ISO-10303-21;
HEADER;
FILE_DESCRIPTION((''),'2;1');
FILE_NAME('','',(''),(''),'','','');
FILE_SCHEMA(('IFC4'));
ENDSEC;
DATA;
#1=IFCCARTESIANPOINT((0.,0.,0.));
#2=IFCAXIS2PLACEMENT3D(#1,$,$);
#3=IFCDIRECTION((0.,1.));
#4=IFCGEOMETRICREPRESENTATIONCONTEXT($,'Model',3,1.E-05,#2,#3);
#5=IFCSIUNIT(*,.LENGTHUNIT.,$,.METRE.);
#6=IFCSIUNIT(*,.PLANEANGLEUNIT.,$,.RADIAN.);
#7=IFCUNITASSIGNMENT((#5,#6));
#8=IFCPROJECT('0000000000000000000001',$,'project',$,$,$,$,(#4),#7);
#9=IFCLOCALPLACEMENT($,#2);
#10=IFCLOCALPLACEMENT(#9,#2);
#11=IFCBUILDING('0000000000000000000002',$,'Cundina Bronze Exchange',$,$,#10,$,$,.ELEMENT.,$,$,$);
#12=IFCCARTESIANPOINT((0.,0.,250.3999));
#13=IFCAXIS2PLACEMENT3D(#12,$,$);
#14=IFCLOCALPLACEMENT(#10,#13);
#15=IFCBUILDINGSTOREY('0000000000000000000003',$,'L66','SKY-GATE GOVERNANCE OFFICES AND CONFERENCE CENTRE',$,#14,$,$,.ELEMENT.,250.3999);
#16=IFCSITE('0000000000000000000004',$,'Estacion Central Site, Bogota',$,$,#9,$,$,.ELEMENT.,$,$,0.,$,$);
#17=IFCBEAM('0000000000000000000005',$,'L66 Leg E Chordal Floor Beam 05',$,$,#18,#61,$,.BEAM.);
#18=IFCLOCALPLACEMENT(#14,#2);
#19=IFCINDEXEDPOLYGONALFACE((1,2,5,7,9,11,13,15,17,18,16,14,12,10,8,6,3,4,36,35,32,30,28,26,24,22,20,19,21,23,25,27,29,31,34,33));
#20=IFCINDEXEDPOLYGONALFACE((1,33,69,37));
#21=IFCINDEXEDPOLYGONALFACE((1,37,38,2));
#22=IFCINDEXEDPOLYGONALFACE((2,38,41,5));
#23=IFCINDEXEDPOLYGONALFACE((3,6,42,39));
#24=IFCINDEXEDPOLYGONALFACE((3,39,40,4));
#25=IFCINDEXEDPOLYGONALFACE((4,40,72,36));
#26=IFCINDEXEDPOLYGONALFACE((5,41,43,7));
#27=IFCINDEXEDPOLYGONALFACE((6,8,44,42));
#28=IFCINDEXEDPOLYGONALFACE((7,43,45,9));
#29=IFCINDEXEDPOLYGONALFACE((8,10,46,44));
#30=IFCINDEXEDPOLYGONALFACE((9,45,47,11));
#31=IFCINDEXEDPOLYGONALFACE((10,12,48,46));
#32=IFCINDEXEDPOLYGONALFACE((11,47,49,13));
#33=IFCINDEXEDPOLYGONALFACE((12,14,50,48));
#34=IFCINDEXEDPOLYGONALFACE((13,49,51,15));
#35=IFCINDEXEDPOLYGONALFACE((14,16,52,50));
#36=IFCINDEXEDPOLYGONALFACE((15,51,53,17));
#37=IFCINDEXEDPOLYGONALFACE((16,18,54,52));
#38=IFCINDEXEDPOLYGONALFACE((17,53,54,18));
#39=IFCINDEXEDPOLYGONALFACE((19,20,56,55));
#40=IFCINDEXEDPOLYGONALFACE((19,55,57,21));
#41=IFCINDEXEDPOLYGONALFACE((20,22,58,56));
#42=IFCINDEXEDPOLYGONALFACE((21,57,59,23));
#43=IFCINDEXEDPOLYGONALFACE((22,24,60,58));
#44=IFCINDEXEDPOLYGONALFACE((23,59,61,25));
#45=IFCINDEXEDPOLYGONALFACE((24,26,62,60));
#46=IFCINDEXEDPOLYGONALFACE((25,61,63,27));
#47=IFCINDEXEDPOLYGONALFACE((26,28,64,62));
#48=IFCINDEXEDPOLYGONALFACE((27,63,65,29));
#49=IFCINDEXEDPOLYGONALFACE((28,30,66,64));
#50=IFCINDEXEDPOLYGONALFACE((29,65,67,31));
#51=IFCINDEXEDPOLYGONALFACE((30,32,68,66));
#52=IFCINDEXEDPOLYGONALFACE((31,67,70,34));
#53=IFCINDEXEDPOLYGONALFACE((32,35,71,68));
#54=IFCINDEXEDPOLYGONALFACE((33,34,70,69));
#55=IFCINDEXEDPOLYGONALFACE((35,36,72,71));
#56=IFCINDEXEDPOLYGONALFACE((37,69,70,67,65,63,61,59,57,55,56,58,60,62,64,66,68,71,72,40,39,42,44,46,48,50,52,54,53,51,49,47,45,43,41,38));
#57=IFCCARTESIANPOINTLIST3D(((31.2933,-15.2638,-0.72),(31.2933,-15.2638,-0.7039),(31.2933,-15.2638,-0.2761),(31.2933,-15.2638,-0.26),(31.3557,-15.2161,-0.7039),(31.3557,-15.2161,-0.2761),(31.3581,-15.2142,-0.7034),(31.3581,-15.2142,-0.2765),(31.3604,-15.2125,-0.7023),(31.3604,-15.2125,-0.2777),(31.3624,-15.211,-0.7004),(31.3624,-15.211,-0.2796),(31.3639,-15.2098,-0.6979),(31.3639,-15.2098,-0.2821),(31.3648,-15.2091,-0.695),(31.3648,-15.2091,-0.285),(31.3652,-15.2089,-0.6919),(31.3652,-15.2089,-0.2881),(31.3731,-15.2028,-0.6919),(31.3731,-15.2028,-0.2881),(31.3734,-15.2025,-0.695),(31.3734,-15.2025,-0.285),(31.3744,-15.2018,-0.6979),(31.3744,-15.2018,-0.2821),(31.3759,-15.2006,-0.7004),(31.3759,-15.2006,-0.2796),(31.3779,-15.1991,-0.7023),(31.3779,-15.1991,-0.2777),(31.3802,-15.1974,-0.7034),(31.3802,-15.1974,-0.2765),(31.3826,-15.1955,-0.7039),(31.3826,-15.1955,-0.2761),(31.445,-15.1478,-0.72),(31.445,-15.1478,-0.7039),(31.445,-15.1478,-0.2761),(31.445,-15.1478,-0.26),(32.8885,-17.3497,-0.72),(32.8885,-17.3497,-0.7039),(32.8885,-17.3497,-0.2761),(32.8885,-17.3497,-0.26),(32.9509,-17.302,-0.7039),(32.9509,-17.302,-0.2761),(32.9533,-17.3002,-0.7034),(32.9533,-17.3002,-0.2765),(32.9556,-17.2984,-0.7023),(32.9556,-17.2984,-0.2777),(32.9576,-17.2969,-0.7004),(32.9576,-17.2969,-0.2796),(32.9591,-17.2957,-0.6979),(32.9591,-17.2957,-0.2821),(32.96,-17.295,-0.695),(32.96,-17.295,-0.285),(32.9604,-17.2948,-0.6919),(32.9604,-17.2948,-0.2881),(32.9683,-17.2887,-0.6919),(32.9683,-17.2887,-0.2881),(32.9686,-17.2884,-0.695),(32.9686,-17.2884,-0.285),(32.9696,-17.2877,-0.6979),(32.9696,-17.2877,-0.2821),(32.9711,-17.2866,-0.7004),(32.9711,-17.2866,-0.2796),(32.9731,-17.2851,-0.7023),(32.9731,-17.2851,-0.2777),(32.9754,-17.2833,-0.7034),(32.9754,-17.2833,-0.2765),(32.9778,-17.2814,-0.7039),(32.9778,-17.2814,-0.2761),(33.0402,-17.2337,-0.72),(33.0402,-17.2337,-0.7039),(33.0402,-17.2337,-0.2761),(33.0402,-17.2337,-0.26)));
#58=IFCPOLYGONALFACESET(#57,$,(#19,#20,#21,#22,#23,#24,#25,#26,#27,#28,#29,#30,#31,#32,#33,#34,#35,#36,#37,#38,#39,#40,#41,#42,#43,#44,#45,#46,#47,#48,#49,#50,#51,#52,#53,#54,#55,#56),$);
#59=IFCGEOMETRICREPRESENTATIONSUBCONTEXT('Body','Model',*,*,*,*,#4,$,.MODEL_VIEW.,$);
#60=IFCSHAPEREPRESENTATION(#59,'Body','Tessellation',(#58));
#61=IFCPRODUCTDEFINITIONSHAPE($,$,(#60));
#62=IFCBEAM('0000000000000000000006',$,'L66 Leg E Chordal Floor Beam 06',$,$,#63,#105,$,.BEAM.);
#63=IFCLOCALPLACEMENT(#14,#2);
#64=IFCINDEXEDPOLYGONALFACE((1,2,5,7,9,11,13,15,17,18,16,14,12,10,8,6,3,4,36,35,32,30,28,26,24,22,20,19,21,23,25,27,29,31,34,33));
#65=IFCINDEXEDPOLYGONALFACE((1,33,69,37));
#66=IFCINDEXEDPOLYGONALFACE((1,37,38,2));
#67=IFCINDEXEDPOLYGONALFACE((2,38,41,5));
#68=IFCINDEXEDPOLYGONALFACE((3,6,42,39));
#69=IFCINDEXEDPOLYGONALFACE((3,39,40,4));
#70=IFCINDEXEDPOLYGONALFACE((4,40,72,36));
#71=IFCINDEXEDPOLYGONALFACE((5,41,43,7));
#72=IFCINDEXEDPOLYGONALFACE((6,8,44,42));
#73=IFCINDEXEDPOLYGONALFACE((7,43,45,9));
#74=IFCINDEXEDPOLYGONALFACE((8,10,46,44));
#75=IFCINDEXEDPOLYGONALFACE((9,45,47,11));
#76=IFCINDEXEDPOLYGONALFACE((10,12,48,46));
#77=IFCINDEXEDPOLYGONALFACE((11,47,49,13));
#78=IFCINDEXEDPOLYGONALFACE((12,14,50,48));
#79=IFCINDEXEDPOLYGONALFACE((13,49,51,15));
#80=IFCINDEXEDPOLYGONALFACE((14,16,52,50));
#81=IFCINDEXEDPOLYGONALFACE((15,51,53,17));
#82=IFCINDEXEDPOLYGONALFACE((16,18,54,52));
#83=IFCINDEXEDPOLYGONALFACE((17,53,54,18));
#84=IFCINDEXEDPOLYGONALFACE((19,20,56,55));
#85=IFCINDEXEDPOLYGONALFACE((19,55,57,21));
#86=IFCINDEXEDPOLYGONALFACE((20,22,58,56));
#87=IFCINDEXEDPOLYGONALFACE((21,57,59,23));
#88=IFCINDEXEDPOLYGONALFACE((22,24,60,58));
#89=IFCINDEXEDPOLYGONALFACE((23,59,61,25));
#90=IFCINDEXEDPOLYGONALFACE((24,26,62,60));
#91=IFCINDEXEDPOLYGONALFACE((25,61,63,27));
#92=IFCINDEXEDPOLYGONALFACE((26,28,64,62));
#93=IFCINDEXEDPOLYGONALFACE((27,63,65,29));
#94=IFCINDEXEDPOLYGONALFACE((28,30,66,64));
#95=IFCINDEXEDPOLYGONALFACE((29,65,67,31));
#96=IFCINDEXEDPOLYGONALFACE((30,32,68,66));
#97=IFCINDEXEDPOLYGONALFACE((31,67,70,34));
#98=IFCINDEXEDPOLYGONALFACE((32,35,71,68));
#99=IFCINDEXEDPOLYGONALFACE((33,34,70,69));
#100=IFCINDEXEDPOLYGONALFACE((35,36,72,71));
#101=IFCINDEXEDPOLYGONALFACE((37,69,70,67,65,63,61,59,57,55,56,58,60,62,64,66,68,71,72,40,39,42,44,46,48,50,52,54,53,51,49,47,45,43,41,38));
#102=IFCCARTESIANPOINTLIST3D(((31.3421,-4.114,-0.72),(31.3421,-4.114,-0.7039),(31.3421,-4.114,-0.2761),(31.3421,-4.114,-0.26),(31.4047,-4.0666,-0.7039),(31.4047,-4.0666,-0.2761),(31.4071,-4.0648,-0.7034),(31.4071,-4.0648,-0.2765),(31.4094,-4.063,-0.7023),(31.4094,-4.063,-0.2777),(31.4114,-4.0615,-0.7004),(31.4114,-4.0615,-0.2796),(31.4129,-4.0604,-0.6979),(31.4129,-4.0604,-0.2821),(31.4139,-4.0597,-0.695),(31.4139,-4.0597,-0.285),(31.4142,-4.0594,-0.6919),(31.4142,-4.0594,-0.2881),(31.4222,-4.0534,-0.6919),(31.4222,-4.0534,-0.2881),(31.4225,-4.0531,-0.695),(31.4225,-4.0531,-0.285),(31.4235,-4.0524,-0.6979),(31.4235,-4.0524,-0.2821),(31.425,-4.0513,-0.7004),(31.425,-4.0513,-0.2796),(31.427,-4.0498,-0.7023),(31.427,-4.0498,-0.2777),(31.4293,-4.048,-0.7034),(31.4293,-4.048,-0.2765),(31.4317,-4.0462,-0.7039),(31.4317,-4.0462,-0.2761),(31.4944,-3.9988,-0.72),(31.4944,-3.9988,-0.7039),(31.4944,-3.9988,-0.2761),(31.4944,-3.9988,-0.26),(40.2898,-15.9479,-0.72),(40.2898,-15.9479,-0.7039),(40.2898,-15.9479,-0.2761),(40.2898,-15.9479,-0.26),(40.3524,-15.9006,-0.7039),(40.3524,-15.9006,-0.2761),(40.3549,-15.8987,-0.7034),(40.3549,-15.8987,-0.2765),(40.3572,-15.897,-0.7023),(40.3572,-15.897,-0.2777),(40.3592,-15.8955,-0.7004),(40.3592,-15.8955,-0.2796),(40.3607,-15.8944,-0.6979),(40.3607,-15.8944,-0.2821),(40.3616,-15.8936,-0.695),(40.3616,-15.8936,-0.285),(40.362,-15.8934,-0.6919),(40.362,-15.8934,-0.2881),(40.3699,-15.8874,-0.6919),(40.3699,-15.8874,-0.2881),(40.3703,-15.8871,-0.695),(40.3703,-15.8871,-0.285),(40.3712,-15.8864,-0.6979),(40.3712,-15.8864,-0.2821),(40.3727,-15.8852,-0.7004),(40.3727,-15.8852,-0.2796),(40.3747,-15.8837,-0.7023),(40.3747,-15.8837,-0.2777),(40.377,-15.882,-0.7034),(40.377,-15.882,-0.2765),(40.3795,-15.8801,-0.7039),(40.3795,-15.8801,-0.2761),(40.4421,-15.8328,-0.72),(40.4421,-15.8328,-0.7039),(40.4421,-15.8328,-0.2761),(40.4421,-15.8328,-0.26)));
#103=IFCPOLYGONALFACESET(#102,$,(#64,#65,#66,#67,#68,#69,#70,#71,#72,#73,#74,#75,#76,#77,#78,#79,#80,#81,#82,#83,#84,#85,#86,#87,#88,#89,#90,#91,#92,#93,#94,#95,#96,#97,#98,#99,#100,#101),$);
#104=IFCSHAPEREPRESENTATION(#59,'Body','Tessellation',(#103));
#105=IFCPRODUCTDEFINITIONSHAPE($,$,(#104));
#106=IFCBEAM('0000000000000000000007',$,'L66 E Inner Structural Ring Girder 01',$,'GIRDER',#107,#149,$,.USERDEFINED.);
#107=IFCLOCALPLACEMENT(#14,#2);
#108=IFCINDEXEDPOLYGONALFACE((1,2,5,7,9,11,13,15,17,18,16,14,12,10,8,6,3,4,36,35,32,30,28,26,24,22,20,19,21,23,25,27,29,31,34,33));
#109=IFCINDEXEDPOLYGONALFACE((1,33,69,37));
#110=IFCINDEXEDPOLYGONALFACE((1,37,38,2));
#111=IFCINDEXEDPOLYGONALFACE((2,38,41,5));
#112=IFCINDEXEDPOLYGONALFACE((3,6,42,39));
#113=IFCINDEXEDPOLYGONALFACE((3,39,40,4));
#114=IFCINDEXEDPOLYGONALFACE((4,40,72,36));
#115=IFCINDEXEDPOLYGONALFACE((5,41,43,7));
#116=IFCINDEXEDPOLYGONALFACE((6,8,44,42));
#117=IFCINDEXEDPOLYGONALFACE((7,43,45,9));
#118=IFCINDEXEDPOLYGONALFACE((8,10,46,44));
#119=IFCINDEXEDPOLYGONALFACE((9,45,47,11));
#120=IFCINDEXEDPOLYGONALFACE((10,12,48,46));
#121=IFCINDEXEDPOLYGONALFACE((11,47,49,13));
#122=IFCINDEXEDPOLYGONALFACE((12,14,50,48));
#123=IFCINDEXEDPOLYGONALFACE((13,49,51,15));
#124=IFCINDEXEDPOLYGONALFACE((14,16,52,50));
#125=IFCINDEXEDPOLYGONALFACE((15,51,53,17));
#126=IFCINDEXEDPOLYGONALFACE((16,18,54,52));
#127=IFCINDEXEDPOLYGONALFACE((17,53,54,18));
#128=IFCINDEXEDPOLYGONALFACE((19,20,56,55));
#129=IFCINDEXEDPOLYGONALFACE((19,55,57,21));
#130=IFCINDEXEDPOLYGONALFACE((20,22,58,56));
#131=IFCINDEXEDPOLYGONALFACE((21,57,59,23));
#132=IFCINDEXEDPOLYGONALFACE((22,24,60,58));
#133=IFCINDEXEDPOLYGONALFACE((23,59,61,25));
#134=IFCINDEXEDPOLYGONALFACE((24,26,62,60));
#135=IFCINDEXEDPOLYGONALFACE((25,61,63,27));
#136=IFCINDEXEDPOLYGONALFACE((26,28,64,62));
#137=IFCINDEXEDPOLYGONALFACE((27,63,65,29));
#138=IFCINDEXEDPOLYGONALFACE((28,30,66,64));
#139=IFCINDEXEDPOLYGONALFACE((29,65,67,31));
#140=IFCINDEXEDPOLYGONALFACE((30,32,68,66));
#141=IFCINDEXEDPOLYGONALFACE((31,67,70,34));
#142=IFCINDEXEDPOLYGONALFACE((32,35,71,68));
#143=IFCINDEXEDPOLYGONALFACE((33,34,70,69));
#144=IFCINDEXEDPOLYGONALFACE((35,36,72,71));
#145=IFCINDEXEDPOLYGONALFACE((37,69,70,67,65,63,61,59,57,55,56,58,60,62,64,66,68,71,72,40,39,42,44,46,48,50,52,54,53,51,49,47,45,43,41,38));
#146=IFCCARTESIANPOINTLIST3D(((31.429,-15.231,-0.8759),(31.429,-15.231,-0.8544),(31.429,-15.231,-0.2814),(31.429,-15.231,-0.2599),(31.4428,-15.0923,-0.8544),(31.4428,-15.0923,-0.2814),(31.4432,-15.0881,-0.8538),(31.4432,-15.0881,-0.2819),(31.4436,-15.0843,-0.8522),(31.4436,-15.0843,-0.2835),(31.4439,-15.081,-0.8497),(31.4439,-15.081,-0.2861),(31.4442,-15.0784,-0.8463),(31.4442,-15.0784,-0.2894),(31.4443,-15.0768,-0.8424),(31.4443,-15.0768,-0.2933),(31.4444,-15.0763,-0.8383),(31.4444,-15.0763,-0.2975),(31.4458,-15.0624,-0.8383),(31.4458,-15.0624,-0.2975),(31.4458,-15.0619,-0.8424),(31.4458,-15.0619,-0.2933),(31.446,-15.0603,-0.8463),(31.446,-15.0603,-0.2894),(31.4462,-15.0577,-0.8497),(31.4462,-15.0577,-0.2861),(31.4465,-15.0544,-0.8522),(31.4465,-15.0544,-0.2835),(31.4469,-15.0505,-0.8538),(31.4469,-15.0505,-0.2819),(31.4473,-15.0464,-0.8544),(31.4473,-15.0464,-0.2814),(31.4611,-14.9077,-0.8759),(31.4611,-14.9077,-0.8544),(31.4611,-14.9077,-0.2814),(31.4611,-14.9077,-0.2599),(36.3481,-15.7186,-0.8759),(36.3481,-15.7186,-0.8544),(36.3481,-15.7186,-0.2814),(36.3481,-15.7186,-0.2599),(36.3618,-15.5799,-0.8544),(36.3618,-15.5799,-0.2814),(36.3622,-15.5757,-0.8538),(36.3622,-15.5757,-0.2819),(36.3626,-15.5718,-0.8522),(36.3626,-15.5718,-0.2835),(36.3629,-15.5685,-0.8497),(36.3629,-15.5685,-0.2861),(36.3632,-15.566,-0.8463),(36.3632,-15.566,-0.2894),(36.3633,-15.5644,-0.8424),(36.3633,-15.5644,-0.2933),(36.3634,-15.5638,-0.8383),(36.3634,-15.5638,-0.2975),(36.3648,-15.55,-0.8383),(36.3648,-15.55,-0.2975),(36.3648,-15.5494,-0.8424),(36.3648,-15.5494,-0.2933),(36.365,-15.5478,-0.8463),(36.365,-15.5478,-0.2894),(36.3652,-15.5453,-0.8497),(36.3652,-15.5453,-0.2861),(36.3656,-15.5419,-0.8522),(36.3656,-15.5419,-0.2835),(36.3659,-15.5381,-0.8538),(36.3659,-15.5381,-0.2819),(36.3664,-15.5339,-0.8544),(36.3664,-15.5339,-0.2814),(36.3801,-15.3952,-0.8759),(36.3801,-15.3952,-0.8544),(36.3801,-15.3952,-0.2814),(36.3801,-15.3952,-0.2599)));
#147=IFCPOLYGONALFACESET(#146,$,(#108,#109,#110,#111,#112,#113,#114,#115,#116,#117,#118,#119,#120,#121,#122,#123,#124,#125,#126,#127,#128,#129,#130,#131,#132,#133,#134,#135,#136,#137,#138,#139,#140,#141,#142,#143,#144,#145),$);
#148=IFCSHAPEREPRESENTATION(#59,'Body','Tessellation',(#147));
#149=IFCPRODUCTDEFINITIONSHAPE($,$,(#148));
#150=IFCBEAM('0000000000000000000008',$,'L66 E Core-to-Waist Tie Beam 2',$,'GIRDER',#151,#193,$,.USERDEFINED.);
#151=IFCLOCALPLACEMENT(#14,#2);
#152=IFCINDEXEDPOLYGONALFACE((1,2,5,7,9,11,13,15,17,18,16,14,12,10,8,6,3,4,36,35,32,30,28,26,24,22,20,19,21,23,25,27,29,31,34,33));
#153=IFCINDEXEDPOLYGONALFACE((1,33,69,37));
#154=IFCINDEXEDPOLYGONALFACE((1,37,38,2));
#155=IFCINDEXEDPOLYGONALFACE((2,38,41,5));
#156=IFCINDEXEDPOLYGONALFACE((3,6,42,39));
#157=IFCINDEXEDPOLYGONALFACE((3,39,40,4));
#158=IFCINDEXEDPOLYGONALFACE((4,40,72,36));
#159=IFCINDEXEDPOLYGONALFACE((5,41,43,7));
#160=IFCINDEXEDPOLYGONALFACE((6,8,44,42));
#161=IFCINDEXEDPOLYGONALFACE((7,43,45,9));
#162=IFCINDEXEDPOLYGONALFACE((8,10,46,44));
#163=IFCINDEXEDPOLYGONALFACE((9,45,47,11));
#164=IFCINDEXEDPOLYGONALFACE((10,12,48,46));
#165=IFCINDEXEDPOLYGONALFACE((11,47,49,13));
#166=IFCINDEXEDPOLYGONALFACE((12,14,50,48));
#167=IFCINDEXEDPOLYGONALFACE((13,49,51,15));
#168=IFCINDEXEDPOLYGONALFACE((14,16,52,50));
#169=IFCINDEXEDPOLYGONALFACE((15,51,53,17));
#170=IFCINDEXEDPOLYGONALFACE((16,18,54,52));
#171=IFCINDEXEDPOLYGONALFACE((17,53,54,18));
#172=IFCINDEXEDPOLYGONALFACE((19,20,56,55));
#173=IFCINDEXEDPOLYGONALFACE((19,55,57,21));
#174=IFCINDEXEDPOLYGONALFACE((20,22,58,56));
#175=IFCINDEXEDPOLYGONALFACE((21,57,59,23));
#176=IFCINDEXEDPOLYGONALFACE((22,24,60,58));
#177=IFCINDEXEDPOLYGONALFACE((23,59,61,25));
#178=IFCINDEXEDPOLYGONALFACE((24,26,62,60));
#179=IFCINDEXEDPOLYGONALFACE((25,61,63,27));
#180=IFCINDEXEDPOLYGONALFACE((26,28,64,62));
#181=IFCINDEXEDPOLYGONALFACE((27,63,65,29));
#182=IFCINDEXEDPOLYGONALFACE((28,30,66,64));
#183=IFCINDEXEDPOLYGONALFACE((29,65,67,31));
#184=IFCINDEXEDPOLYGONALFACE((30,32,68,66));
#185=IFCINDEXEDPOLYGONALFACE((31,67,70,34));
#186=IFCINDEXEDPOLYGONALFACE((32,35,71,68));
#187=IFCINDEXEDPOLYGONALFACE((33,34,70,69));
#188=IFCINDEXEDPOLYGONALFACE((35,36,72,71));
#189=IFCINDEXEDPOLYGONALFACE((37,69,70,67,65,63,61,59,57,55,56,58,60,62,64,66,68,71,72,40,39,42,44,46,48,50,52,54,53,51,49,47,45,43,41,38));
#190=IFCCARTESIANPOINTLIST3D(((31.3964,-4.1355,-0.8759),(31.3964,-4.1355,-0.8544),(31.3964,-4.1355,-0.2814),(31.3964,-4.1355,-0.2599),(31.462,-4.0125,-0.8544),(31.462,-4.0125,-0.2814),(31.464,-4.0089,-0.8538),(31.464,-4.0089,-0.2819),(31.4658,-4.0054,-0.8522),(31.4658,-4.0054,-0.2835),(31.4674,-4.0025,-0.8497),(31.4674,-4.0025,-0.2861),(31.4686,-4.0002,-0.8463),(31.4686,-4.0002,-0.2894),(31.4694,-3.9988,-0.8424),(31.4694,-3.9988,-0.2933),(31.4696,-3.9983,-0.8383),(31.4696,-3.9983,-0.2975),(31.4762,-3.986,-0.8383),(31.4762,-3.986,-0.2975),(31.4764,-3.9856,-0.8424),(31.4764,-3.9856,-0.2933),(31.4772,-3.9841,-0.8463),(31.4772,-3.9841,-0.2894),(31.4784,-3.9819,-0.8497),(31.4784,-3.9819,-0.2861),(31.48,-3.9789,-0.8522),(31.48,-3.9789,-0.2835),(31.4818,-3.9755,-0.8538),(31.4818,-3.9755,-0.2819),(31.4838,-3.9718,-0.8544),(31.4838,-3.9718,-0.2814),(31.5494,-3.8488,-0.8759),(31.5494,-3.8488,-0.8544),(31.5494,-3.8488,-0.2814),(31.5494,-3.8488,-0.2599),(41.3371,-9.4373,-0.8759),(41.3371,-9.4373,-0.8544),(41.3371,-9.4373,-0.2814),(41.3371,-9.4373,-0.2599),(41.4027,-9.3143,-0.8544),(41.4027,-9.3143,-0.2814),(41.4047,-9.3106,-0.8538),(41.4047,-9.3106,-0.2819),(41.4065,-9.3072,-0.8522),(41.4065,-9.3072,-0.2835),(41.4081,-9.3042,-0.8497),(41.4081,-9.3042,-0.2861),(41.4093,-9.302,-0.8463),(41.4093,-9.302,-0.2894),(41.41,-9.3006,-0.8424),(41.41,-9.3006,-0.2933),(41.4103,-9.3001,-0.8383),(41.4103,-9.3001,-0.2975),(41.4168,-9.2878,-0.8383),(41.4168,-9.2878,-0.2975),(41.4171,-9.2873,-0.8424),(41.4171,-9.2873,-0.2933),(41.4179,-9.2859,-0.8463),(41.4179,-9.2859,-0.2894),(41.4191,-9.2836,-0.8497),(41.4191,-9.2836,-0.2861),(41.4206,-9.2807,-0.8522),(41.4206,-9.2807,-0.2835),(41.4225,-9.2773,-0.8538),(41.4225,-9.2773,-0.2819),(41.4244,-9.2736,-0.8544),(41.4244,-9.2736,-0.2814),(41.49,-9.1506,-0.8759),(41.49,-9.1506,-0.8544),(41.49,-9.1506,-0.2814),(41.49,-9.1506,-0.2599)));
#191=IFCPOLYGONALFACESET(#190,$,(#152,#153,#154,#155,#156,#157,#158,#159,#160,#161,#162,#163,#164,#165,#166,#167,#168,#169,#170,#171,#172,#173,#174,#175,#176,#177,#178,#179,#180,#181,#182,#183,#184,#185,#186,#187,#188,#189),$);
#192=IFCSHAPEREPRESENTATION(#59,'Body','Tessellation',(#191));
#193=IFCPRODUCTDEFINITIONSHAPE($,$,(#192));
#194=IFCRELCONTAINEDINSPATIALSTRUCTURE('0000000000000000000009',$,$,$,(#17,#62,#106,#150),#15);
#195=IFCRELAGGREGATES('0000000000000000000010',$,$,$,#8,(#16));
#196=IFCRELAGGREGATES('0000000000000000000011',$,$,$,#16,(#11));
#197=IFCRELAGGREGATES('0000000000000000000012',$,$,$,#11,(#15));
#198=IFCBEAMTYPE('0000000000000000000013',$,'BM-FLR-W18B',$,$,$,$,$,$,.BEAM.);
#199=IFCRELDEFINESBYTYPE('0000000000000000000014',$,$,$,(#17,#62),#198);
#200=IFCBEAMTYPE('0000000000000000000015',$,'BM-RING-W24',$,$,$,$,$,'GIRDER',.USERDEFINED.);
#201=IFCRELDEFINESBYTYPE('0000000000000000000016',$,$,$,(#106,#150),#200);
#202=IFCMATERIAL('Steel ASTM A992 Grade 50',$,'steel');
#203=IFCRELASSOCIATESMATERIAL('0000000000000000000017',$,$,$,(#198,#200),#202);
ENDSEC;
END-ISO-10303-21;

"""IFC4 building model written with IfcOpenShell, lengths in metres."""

from ifc_helpers import new_model, si_unit, direction, frame, origin, origin_2d, place, context, subcontext, project, spatial, i_section, extrude, material, material_profile, profile_set, type_object, element, save


model = new_model("IFC4")

# Units and contexts
model_context = context("Model", 3, precision=1e-05, world=origin(), true_north=direction((0.0, 1.0)))
body_context = subcontext(model_context, "Body", "Model", "MODEL_VIEW")
ifc_project = project(units=[si_unit("LENGTHUNIT", "METRE"), si_unit("PLANEANGLEUNIT", "RADIAN")], contexts=[model_context])

# Site, building, storey
site_placement = place(None, origin())
site = spatial("IfcSite", under=ifc_project, at=site_placement, Name="Estacion Central Site, Bogota", CompositionType="ELEMENT", RefElevation=0.0)
building_placement = place(site_placement, origin())
building = spatial("IfcBuilding", under=site, at=building_placement, Name="Cundina Bronze Exchange", CompositionType="ELEMENT")
storey_placement = place(building_placement, frame((0.0, 0.0, 250.3999)))
storey = spatial("IfcBuildingStorey", under=building, at=storey_placement, Name="L66", Description="SKY-GATE GOVERNANCE OFFICES AND CONFERENCE CENTRE", CompositionType="ELEMENT", Elevation=250.3999)

# Shared definitions
ifc_material_1 = material(Name="Steel ASTM A992 Grade 50", Category="steel")

# Beams
ifc_material_profile_1 = material_profile(ifc_material_1, i_section(OverallWidth=0.1909, OverallDepth=0.46, WebThickness=0.01, FlangeThickness=0.0161, FilletRadius=0.012, at=origin_2d()), Name="W18X55", Category="steel")
ifc_profile_set_1 = profile_set([ifc_material_profile_1], Name="Steel ASTM A992 Grade 50")
beam_type_1 = type_object("IfcBeamType", Name="BM-FLR-W18B", PredefinedType="BEAM", material=ifc_profile_set_1)
beam_1_placement = place(storey_placement, frame((31.3691, -15.2058, -0.49), z_axis=(0.607471, -0.794342, 0.0), x_axis=(0.794342, 0.607471, 0.0)))
element("IfcBeam", 1, at=beam_1_placement, inside=storey, type_object=beam_type_1, Name="L66 Leg E Chordal Floor Beam 05", PredefinedType="BEAM", context=body_context, shape_type="SweptSolid", body=[
    extrude(i_section(OverallWidth=0.1909, OverallDepth=0.46, WebThickness=0.01, FlangeThickness=0.0161, FilletRadius=0.012, at=origin_2d()), origin(), (0.0, 0.0, 1.0), 2.626),
])
beam_2_placement = place(storey_placement, frame((31.4182, -4.0564, -0.49), z_axis=(0.603113, -0.797656, 0.0), x_axis=(0.797656, 0.603113, 0.0)))
element("IfcBeam", 2, at=beam_2_placement, inside=storey, type_object=beam_type_1, Name="L66 Leg E Chordal Floor Beam 06", PredefinedType="BEAM", context=body_context, shape_type="SweptSolid", body=[
    extrude(i_section(OverallWidth=0.1909, OverallDepth=0.46, WebThickness=0.01, FlangeThickness=0.0161, FilletRadius=0.012, at=origin_2d()), origin(), (0.0, 0.0, 1.0), 14.8359),
])
ifc_material_profile_2 = material_profile(ifc_material_1, i_section(OverallWidth=0.325, OverallDepth=0.616, WebThickness=0.0139, FlangeThickness=0.0215, FilletRadius=0.0161, at=origin_2d()), Name="W24X117", Category="steel")
ifc_profile_set_2 = profile_set([ifc_material_profile_2], Name="Steel ASTM A992 Grade 50")
beam_type_2 = type_object("IfcBeamType", Name="BM-RING-W24", ElementType="GIRDER", PredefinedType="USERDEFINED", material=ifc_profile_set_2)
beam_3_placement = place(storey_placement, frame((31.4451, -15.0693, -0.5679), z_axis=(0.995124, -0.098633, 0.0), x_axis=(0.098633, 0.995124, 0.0)))
element("IfcBeam", 3, at=beam_3_placement, inside=storey, type_object=beam_type_2, Name="L66 E Inner Structural Ring Girder 01", ObjectType="GIRDER", PredefinedType="USERDEFINED", context=body_context, shape_type="SweptSolid", body=[
    extrude(i_section(OverallWidth=0.325, OverallDepth=0.616, WebThickness=0.0139, FlangeThickness=0.0215, FilletRadius=0.0161, at=origin_2d()), origin(), (0.0, 0.0, 1.0), 4.9431),
])
beam_4_placement = place(storey_placement, frame((31.4729, -3.9922, -0.5679), z_axis=(0.882351, -0.470593, 0.0), x_axis=(0.470593, 0.882351, 0.0)))
element("IfcBeam", 4, at=beam_4_placement, inside=storey, type_object=beam_type_2, Name="L66 E Core-to-Waist Tie Beam 2", ObjectType="GIRDER", PredefinedType="USERDEFINED", context=body_context, shape_type="SweptSolid", body=[
    extrude(i_section(OverallWidth=0.325, OverallDepth=0.616, WebThickness=0.0139, FlangeThickness=0.0215, FilletRadius=0.0161, at=origin_2d()), origin(), (0.0, 0.0, 1.0), 11.2661),
])

save(model, "model.ifc")
